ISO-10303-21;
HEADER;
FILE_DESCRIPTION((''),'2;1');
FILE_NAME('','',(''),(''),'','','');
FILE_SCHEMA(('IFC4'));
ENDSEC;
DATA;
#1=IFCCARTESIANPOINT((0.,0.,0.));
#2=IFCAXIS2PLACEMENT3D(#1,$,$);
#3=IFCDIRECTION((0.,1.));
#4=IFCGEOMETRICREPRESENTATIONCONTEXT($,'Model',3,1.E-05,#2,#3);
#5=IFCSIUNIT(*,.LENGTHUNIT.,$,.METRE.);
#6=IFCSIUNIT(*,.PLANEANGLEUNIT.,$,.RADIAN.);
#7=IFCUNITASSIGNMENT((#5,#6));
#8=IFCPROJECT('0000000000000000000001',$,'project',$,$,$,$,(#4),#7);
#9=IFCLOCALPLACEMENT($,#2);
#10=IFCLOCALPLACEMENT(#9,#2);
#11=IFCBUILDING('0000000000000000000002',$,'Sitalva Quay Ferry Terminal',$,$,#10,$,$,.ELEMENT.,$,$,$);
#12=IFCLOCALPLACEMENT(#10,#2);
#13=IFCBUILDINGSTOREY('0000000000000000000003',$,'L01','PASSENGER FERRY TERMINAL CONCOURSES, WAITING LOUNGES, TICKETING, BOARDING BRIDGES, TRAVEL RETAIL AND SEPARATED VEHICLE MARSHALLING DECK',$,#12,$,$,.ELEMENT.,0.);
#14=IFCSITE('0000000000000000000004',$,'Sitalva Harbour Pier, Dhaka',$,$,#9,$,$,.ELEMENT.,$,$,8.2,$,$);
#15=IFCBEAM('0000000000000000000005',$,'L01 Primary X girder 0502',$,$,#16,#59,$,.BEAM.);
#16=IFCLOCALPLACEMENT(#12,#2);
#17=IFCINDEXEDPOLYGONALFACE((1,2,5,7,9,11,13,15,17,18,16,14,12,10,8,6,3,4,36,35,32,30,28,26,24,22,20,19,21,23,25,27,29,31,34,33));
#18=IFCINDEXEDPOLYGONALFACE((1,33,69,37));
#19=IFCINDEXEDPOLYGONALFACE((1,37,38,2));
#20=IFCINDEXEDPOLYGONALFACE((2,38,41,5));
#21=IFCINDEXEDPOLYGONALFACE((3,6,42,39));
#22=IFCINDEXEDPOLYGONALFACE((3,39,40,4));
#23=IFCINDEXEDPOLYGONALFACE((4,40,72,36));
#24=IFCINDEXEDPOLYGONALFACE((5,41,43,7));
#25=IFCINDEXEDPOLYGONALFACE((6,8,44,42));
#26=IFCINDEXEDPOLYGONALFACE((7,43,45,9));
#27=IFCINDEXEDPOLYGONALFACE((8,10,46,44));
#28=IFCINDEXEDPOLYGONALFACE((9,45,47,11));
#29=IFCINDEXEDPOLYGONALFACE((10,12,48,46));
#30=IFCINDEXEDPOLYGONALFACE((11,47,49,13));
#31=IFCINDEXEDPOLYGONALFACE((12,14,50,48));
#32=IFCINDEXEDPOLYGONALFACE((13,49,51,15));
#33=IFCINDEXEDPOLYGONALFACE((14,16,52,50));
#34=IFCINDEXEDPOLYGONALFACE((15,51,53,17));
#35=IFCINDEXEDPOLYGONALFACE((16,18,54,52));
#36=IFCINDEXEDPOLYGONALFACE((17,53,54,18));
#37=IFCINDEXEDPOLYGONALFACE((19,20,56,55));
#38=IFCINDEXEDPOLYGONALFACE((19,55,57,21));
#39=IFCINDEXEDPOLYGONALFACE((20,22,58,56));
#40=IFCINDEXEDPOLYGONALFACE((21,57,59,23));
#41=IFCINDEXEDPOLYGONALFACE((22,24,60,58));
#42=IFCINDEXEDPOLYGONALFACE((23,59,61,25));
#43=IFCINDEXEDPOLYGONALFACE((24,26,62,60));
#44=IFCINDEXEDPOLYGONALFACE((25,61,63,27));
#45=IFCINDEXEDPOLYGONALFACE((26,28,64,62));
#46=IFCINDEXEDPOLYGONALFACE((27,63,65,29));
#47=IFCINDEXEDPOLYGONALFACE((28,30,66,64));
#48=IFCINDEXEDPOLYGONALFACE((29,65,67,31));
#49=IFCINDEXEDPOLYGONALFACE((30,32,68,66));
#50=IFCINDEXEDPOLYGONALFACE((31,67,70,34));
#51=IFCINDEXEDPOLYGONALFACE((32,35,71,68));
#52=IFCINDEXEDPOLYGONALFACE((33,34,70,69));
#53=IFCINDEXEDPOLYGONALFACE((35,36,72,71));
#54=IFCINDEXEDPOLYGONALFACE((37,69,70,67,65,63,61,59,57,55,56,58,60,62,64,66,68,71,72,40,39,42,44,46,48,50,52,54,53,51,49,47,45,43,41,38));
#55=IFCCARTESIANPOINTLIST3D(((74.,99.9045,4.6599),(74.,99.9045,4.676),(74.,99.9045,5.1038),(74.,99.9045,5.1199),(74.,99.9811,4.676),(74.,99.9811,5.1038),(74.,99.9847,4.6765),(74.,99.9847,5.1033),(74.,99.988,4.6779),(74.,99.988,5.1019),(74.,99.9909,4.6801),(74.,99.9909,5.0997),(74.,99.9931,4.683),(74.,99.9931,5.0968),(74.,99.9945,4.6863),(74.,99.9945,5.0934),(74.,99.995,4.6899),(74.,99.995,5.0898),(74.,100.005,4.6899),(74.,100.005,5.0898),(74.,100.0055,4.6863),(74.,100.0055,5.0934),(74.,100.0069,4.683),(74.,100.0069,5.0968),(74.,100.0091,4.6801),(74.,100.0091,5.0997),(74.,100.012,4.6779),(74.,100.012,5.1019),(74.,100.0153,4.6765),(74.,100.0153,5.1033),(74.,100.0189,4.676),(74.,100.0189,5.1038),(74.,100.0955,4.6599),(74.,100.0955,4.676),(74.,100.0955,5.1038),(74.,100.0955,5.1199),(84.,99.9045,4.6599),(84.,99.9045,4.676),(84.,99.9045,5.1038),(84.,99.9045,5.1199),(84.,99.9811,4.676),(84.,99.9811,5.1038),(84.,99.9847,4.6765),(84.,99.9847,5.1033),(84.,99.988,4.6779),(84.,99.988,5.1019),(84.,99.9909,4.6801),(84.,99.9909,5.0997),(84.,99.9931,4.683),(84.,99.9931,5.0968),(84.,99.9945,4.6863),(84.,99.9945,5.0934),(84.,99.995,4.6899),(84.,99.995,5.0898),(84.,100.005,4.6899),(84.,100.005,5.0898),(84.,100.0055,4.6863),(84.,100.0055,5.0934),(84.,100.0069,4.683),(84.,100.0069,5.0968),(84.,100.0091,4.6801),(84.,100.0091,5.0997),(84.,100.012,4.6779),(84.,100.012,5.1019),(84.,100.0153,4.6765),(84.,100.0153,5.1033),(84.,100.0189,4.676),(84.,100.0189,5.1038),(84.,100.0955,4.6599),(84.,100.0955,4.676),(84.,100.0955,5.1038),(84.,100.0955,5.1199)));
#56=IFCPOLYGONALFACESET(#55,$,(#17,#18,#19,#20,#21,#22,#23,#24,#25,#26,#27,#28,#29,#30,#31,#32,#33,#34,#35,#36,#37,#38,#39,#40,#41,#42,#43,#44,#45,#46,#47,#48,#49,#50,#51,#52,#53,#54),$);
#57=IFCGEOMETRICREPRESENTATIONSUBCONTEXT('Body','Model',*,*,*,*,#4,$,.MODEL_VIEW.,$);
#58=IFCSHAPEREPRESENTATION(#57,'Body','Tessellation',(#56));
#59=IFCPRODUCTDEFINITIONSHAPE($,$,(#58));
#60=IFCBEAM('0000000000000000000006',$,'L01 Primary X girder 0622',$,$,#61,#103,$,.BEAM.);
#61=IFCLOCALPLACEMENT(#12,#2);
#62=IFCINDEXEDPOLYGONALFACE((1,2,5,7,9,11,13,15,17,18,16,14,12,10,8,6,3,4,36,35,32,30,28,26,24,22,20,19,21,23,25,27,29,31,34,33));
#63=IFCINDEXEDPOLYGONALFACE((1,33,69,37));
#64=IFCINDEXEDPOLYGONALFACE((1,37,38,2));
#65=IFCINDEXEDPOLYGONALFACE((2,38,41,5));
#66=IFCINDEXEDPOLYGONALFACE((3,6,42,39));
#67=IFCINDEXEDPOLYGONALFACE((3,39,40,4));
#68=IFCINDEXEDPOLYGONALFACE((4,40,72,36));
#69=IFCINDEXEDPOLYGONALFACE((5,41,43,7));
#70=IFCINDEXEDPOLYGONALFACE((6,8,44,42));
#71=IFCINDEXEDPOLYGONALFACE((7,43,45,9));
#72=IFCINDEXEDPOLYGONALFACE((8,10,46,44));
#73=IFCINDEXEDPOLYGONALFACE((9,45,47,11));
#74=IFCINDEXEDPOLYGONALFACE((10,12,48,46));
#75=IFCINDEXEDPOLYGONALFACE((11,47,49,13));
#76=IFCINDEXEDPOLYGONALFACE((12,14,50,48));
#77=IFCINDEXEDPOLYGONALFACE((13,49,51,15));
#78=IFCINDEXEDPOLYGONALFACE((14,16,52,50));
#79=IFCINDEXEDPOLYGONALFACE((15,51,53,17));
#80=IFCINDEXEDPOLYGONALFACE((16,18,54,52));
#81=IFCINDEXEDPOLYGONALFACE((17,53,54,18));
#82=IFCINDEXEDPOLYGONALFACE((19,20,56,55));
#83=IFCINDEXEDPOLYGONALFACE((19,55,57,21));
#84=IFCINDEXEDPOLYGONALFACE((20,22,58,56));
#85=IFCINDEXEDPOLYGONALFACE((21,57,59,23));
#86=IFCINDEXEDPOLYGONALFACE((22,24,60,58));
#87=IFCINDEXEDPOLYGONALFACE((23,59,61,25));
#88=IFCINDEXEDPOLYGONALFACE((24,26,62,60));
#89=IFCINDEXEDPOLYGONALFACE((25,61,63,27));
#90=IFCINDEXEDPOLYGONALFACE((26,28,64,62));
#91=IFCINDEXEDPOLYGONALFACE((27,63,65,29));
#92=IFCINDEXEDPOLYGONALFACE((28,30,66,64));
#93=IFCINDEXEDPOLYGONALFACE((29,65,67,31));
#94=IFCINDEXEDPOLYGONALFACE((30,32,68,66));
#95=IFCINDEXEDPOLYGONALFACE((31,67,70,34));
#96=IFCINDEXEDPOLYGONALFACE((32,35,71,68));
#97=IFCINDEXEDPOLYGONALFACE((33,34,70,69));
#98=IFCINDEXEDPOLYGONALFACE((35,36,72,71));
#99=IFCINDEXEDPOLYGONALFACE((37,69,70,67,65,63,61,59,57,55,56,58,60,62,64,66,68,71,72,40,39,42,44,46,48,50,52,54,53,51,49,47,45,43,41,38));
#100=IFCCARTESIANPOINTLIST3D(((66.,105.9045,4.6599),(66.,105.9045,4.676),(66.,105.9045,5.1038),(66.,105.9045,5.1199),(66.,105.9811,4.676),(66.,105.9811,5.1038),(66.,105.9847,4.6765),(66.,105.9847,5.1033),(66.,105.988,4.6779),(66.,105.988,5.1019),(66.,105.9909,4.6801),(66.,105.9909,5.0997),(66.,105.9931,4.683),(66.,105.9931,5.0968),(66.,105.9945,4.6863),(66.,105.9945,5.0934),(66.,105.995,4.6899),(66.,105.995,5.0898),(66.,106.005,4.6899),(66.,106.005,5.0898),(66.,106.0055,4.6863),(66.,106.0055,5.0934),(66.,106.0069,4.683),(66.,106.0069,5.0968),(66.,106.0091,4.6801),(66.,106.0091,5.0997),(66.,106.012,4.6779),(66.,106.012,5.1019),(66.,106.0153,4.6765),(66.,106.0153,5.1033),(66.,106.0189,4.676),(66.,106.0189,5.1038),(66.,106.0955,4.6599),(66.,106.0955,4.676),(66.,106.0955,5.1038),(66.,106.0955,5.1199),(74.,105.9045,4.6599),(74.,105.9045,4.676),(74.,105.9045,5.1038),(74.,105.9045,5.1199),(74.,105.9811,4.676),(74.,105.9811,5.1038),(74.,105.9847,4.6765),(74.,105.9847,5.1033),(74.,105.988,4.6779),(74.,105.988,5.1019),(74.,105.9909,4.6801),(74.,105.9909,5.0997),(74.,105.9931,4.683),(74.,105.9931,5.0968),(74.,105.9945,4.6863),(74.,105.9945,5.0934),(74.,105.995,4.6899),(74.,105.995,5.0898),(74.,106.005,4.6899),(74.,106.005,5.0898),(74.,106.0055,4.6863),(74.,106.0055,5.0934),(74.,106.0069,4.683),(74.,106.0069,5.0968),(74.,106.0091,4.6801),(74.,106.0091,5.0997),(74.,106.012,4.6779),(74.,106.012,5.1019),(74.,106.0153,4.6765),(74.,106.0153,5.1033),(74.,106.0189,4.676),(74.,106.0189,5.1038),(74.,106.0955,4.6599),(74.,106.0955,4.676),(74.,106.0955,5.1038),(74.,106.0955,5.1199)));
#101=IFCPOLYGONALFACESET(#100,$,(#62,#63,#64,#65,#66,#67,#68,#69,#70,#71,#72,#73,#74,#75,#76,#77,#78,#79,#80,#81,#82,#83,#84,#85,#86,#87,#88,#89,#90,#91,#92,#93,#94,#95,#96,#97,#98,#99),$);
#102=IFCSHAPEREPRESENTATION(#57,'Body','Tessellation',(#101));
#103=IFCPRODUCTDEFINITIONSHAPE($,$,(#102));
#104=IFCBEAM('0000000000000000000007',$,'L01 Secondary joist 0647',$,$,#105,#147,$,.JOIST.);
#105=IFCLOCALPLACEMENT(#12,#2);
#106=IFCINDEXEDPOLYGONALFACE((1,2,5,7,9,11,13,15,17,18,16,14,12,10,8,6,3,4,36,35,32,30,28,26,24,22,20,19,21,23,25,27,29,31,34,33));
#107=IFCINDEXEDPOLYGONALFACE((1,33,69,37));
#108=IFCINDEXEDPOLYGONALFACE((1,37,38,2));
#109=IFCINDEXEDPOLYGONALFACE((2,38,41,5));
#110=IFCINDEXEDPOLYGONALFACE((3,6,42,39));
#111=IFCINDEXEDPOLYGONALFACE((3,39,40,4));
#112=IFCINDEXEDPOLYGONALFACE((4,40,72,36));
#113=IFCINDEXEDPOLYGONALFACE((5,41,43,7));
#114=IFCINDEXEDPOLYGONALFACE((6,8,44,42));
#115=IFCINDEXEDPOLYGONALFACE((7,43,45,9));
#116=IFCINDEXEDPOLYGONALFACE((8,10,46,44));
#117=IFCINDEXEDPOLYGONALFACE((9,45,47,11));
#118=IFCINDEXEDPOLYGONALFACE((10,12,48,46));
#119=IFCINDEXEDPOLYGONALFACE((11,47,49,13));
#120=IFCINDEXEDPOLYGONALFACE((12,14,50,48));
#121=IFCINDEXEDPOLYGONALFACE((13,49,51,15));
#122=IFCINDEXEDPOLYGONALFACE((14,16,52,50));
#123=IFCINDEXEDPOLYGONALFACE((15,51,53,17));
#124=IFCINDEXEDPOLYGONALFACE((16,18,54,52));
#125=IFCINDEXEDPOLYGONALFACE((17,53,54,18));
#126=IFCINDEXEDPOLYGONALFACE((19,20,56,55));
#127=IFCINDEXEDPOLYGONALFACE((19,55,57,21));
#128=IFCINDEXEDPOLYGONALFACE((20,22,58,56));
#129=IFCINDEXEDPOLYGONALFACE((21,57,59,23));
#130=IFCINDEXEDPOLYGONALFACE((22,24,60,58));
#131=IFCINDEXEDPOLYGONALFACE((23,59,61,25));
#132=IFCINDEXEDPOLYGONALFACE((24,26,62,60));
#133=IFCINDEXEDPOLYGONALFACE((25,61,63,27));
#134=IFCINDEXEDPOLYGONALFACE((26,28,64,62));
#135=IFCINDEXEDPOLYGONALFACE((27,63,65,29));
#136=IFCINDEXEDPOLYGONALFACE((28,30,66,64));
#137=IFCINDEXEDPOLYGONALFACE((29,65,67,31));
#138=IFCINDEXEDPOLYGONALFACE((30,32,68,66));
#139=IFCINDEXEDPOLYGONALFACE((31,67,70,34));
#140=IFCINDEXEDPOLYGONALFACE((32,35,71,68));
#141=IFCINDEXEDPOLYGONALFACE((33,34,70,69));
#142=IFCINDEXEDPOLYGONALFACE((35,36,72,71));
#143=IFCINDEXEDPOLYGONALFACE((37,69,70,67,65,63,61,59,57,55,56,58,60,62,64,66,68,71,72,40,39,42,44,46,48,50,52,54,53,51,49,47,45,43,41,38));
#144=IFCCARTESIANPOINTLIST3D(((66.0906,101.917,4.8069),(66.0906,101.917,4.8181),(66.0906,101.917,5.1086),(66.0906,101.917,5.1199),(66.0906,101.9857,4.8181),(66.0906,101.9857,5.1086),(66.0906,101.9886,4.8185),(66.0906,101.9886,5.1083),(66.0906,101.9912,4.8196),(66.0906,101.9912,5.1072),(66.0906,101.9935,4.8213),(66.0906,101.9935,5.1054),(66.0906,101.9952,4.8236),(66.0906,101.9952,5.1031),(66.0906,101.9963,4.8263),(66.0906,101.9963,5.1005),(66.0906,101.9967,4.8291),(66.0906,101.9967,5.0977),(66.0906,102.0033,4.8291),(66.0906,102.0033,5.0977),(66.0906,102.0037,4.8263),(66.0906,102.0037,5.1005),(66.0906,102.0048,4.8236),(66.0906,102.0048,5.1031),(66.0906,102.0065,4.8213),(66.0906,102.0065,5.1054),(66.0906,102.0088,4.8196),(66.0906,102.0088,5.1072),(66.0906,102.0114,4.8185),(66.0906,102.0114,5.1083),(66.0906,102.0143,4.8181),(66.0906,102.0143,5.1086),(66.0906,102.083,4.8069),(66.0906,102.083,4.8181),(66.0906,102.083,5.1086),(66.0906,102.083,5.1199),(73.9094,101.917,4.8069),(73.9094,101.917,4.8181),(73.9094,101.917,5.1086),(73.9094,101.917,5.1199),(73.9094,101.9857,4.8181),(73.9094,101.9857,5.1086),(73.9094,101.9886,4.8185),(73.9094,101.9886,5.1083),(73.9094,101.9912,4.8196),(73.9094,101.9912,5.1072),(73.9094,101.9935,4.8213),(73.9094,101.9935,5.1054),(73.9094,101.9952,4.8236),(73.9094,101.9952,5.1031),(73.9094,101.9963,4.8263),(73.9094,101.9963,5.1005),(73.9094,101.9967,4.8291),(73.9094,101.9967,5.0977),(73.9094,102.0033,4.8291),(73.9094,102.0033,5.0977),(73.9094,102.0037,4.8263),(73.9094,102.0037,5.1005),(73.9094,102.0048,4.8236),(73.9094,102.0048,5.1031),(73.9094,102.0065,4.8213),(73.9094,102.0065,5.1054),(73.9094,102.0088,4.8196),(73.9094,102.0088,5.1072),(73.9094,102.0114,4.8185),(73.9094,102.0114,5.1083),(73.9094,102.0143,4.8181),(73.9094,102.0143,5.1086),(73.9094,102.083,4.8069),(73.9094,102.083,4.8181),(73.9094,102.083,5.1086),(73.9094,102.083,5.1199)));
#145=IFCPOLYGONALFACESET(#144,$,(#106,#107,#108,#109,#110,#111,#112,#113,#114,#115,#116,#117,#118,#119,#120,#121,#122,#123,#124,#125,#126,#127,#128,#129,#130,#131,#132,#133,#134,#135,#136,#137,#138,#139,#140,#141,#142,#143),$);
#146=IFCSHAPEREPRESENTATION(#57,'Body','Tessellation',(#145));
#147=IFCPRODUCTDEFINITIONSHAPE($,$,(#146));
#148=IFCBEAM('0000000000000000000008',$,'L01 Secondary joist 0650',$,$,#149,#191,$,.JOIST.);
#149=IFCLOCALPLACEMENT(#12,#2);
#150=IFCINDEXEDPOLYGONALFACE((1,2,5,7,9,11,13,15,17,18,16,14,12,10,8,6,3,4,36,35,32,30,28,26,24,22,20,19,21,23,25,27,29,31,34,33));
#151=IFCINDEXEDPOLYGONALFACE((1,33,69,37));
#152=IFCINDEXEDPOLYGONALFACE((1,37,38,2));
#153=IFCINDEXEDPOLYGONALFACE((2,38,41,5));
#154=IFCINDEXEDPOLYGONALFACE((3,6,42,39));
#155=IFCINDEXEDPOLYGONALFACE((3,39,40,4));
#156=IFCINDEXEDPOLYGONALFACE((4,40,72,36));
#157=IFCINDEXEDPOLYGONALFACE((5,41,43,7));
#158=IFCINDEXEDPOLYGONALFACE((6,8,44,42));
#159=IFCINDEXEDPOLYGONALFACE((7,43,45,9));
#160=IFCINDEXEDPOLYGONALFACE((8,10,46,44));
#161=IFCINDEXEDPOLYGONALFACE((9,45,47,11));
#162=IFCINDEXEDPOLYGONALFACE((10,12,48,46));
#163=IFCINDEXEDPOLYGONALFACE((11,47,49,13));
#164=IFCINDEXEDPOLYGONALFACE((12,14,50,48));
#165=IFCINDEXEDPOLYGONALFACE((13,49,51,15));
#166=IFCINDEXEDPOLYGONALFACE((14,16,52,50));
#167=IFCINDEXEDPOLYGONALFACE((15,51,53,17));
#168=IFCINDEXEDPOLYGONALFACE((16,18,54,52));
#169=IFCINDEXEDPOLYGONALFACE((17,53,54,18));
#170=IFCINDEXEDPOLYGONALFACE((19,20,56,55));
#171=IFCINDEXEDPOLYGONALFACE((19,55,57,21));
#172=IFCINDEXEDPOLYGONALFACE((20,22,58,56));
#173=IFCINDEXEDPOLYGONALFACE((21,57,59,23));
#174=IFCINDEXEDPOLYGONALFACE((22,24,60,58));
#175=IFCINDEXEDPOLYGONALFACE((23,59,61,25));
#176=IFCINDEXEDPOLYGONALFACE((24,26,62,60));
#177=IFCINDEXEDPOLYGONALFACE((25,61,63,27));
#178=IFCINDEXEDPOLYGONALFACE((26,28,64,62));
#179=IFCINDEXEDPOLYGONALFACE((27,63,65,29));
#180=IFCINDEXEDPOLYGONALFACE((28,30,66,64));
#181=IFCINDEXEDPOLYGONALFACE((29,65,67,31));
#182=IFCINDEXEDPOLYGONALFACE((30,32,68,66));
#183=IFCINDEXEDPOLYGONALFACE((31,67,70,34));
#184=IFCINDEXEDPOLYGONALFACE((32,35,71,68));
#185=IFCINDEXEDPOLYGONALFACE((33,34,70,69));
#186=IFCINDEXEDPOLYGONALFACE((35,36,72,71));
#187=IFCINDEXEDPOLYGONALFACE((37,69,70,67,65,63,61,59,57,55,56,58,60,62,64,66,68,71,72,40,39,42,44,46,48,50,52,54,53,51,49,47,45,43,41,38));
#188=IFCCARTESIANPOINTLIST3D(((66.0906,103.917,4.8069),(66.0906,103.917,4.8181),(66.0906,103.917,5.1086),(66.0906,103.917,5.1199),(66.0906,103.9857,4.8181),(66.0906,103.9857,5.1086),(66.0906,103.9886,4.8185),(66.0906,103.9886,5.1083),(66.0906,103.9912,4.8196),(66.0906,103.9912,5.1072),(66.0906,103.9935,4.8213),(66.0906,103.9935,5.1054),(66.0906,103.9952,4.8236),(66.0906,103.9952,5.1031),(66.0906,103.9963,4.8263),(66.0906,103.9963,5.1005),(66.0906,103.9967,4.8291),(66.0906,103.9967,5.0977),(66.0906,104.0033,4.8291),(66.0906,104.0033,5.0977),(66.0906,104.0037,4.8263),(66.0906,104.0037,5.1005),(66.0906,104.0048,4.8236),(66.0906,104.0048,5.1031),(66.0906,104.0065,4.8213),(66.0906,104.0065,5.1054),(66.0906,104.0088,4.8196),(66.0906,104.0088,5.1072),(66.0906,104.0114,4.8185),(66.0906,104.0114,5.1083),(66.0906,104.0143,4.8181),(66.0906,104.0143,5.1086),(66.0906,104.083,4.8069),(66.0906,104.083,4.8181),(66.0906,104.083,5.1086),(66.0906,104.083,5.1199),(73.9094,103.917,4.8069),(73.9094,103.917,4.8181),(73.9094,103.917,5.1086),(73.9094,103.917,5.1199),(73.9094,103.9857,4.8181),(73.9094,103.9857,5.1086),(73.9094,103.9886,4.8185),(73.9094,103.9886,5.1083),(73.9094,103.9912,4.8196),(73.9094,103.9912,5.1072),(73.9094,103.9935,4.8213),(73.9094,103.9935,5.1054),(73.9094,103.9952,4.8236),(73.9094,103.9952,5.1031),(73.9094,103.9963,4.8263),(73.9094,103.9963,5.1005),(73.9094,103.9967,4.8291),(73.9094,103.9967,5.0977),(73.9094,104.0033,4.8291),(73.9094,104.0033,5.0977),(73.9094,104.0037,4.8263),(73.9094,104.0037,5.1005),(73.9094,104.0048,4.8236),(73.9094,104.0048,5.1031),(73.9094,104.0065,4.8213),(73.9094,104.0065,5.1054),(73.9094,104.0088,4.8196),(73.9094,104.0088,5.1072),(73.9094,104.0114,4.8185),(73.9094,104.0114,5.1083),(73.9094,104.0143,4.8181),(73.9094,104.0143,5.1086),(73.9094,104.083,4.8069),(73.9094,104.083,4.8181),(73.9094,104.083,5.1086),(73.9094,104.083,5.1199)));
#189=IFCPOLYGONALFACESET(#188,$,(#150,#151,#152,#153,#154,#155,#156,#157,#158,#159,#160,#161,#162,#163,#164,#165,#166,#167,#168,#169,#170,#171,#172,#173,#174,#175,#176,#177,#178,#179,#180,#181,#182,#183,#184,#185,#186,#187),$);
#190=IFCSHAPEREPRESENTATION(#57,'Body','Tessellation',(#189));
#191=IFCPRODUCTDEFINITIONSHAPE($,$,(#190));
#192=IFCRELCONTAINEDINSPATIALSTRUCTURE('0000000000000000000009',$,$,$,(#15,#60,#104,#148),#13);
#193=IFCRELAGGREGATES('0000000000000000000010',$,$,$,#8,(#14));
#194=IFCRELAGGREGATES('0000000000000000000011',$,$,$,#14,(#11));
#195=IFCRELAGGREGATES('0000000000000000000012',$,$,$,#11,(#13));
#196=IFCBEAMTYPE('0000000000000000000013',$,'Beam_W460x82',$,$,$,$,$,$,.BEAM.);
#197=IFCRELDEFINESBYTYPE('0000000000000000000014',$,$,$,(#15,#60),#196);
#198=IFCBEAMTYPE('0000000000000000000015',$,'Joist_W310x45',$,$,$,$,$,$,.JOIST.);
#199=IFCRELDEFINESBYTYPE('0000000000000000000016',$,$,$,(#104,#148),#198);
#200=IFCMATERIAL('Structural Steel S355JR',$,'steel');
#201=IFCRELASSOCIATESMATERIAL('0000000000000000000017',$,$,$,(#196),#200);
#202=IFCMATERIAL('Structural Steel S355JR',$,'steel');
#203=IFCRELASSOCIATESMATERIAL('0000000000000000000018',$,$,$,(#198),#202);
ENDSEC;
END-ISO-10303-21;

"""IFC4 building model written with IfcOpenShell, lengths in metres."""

from ifc_helpers import new_model, si_unit, direction, frame, origin, origin_2d, place, context, subcontext, project, spatial, i_section, extrude, material, material_profile, profile_set, type_object, element, save


model = new_model("IFC4")

# Units and contexts
model_context = context("Model", 3, precision=1e-05, world=origin(), true_north=direction((0.0, 1.0)))
body_context = subcontext(model_context, "Body", "Model", "MODEL_VIEW")
ifc_project = project(units=[si_unit("LENGTHUNIT", "METRE"), si_unit("PLANEANGLEUNIT", "RADIAN")], contexts=[model_context])

# Site, building, storey
site_placement = place(None, origin())
site = spatial("IfcSite", under=ifc_project, at=site_placement, Name="Sitalva Harbour Pier, Dhaka", CompositionType="ELEMENT", RefElevation=8.2)
building_placement = place(site_placement, origin())
building = spatial("IfcBuilding", under=site, at=building_placement, Name="Sitalva Quay Ferry Terminal", CompositionType="ELEMENT")
storey_placement = place(building_placement, origin())
storey = spatial("IfcBuildingStorey", under=building, at=storey_placement, Name="L01", Description="PASSENGER FERRY TERMINAL CONCOURSES, WAITING LOUNGES, TICKETING, BOARDING BRIDGES, TRAVEL RETAIL AND SEPARATED VEHICLE MARSHALLING DECK", CompositionType="ELEMENT", Elevation=0.0)

# Beams
ifc_material_1 = material(Name="Structural Steel S355JR", Category="steel")
ifc_material_profile_1 = material_profile(ifc_material_1, i_section(OverallWidth=0.1909, OverallDepth=0.46, WebThickness=0.01, FlangeThickness=0.0161, FilletRadius=0.0139, at=origin_2d()), Name="W460x82")
ifc_profile_set_1 = profile_set([ifc_material_profile_1], Name="Structural Steel S355JR")
beam_type_1 = type_object("IfcBeamType", Name="Beam_W460x82", PredefinedType="BEAM", material=ifc_profile_set_1)
beam_1_placement = place(storey_placement, frame((74.0, 100.0, 4.8899), z_axis=(1.0, 0.0, 0.0), x_axis=(0.0, 1.0, 0.0)))
element("IfcBeam", 1, at=beam_1_placement, inside=storey, type_object=beam_type_1, Name="L01 Primary X girder 0502", PredefinedType="BEAM", context=body_context, shape_type="SweptSolid", body=[
    extrude(i_section(OverallWidth=0.1909, OverallDepth=0.46, WebThickness=0.01, FlangeThickness=0.0161, FilletRadius=0.0139, at=origin_2d()), origin(), (0.0, 0.0, 1.0), 10.0),
])
beam_2_placement = place(storey_placement, frame((66.0, 106.0, 4.8899), z_axis=(1.0, 0.0, 0.0), x_axis=(0.0, 1.0, 0.0)))
element("IfcBeam", 2, at=beam_2_placement, inside=storey, type_object=beam_type_1, Name="L01 Primary X girder 0622", PredefinedType="BEAM", context=body_context, shape_type="SweptSolid", body=[
    extrude(i_section(OverallWidth=0.1909, OverallDepth=0.46, WebThickness=0.01, FlangeThickness=0.0161, FilletRadius=0.0139, at=origin_2d()), origin(), (0.0, 0.0, 1.0), 8.0),
])
ifc_material_2 = material(Name="Structural Steel S355JR", Category="steel")
ifc_material_profile_2 = material_profile(ifc_material_2, i_section(OverallWidth=0.166, OverallDepth=0.313, WebThickness=0.0066, FlangeThickness=0.0112, FilletRadius=0.011, at=origin_2d()), Name="W310x45")
ifc_profile_set_2 = profile_set([ifc_material_profile_2], Name="Structural Steel S355JR")
beam_type_2 = type_object("IfcBeamType", Name="Joist_W310x45", PredefinedType="JOIST", material=ifc_profile_set_2)
for number, where, z_axis, x_axis, name in (
    (3, (66.0906, 102.0, 4.9634), (1.0, 0.0, 0.0), (0.0, 1.0, 0.0), "L01 Secondary joist 0647"),
    (4, (66.0906, 104.0, 4.9634), (1.0, 0.0, 0.0), (0.0, 1.0, 0.0), "L01 Secondary joist 0650"),
):
    element("IfcBeam", number, at=place(storey_placement, frame(where, z_axis=z_axis, x_axis=x_axis)), inside=storey, type_object=beam_type_2, Name=name, PredefinedType="JOIST", context=body_context, shape_type="SweptSolid", body=[
        extrude(i_section(OverallWidth=0.166, OverallDepth=0.313, WebThickness=0.0066, FlangeThickness=0.0112, FilletRadius=0.011, at=origin_2d()), origin(), (0.0, 0.0, 1.0), 7.8188),
    ])

save(model, "model.ifc")
